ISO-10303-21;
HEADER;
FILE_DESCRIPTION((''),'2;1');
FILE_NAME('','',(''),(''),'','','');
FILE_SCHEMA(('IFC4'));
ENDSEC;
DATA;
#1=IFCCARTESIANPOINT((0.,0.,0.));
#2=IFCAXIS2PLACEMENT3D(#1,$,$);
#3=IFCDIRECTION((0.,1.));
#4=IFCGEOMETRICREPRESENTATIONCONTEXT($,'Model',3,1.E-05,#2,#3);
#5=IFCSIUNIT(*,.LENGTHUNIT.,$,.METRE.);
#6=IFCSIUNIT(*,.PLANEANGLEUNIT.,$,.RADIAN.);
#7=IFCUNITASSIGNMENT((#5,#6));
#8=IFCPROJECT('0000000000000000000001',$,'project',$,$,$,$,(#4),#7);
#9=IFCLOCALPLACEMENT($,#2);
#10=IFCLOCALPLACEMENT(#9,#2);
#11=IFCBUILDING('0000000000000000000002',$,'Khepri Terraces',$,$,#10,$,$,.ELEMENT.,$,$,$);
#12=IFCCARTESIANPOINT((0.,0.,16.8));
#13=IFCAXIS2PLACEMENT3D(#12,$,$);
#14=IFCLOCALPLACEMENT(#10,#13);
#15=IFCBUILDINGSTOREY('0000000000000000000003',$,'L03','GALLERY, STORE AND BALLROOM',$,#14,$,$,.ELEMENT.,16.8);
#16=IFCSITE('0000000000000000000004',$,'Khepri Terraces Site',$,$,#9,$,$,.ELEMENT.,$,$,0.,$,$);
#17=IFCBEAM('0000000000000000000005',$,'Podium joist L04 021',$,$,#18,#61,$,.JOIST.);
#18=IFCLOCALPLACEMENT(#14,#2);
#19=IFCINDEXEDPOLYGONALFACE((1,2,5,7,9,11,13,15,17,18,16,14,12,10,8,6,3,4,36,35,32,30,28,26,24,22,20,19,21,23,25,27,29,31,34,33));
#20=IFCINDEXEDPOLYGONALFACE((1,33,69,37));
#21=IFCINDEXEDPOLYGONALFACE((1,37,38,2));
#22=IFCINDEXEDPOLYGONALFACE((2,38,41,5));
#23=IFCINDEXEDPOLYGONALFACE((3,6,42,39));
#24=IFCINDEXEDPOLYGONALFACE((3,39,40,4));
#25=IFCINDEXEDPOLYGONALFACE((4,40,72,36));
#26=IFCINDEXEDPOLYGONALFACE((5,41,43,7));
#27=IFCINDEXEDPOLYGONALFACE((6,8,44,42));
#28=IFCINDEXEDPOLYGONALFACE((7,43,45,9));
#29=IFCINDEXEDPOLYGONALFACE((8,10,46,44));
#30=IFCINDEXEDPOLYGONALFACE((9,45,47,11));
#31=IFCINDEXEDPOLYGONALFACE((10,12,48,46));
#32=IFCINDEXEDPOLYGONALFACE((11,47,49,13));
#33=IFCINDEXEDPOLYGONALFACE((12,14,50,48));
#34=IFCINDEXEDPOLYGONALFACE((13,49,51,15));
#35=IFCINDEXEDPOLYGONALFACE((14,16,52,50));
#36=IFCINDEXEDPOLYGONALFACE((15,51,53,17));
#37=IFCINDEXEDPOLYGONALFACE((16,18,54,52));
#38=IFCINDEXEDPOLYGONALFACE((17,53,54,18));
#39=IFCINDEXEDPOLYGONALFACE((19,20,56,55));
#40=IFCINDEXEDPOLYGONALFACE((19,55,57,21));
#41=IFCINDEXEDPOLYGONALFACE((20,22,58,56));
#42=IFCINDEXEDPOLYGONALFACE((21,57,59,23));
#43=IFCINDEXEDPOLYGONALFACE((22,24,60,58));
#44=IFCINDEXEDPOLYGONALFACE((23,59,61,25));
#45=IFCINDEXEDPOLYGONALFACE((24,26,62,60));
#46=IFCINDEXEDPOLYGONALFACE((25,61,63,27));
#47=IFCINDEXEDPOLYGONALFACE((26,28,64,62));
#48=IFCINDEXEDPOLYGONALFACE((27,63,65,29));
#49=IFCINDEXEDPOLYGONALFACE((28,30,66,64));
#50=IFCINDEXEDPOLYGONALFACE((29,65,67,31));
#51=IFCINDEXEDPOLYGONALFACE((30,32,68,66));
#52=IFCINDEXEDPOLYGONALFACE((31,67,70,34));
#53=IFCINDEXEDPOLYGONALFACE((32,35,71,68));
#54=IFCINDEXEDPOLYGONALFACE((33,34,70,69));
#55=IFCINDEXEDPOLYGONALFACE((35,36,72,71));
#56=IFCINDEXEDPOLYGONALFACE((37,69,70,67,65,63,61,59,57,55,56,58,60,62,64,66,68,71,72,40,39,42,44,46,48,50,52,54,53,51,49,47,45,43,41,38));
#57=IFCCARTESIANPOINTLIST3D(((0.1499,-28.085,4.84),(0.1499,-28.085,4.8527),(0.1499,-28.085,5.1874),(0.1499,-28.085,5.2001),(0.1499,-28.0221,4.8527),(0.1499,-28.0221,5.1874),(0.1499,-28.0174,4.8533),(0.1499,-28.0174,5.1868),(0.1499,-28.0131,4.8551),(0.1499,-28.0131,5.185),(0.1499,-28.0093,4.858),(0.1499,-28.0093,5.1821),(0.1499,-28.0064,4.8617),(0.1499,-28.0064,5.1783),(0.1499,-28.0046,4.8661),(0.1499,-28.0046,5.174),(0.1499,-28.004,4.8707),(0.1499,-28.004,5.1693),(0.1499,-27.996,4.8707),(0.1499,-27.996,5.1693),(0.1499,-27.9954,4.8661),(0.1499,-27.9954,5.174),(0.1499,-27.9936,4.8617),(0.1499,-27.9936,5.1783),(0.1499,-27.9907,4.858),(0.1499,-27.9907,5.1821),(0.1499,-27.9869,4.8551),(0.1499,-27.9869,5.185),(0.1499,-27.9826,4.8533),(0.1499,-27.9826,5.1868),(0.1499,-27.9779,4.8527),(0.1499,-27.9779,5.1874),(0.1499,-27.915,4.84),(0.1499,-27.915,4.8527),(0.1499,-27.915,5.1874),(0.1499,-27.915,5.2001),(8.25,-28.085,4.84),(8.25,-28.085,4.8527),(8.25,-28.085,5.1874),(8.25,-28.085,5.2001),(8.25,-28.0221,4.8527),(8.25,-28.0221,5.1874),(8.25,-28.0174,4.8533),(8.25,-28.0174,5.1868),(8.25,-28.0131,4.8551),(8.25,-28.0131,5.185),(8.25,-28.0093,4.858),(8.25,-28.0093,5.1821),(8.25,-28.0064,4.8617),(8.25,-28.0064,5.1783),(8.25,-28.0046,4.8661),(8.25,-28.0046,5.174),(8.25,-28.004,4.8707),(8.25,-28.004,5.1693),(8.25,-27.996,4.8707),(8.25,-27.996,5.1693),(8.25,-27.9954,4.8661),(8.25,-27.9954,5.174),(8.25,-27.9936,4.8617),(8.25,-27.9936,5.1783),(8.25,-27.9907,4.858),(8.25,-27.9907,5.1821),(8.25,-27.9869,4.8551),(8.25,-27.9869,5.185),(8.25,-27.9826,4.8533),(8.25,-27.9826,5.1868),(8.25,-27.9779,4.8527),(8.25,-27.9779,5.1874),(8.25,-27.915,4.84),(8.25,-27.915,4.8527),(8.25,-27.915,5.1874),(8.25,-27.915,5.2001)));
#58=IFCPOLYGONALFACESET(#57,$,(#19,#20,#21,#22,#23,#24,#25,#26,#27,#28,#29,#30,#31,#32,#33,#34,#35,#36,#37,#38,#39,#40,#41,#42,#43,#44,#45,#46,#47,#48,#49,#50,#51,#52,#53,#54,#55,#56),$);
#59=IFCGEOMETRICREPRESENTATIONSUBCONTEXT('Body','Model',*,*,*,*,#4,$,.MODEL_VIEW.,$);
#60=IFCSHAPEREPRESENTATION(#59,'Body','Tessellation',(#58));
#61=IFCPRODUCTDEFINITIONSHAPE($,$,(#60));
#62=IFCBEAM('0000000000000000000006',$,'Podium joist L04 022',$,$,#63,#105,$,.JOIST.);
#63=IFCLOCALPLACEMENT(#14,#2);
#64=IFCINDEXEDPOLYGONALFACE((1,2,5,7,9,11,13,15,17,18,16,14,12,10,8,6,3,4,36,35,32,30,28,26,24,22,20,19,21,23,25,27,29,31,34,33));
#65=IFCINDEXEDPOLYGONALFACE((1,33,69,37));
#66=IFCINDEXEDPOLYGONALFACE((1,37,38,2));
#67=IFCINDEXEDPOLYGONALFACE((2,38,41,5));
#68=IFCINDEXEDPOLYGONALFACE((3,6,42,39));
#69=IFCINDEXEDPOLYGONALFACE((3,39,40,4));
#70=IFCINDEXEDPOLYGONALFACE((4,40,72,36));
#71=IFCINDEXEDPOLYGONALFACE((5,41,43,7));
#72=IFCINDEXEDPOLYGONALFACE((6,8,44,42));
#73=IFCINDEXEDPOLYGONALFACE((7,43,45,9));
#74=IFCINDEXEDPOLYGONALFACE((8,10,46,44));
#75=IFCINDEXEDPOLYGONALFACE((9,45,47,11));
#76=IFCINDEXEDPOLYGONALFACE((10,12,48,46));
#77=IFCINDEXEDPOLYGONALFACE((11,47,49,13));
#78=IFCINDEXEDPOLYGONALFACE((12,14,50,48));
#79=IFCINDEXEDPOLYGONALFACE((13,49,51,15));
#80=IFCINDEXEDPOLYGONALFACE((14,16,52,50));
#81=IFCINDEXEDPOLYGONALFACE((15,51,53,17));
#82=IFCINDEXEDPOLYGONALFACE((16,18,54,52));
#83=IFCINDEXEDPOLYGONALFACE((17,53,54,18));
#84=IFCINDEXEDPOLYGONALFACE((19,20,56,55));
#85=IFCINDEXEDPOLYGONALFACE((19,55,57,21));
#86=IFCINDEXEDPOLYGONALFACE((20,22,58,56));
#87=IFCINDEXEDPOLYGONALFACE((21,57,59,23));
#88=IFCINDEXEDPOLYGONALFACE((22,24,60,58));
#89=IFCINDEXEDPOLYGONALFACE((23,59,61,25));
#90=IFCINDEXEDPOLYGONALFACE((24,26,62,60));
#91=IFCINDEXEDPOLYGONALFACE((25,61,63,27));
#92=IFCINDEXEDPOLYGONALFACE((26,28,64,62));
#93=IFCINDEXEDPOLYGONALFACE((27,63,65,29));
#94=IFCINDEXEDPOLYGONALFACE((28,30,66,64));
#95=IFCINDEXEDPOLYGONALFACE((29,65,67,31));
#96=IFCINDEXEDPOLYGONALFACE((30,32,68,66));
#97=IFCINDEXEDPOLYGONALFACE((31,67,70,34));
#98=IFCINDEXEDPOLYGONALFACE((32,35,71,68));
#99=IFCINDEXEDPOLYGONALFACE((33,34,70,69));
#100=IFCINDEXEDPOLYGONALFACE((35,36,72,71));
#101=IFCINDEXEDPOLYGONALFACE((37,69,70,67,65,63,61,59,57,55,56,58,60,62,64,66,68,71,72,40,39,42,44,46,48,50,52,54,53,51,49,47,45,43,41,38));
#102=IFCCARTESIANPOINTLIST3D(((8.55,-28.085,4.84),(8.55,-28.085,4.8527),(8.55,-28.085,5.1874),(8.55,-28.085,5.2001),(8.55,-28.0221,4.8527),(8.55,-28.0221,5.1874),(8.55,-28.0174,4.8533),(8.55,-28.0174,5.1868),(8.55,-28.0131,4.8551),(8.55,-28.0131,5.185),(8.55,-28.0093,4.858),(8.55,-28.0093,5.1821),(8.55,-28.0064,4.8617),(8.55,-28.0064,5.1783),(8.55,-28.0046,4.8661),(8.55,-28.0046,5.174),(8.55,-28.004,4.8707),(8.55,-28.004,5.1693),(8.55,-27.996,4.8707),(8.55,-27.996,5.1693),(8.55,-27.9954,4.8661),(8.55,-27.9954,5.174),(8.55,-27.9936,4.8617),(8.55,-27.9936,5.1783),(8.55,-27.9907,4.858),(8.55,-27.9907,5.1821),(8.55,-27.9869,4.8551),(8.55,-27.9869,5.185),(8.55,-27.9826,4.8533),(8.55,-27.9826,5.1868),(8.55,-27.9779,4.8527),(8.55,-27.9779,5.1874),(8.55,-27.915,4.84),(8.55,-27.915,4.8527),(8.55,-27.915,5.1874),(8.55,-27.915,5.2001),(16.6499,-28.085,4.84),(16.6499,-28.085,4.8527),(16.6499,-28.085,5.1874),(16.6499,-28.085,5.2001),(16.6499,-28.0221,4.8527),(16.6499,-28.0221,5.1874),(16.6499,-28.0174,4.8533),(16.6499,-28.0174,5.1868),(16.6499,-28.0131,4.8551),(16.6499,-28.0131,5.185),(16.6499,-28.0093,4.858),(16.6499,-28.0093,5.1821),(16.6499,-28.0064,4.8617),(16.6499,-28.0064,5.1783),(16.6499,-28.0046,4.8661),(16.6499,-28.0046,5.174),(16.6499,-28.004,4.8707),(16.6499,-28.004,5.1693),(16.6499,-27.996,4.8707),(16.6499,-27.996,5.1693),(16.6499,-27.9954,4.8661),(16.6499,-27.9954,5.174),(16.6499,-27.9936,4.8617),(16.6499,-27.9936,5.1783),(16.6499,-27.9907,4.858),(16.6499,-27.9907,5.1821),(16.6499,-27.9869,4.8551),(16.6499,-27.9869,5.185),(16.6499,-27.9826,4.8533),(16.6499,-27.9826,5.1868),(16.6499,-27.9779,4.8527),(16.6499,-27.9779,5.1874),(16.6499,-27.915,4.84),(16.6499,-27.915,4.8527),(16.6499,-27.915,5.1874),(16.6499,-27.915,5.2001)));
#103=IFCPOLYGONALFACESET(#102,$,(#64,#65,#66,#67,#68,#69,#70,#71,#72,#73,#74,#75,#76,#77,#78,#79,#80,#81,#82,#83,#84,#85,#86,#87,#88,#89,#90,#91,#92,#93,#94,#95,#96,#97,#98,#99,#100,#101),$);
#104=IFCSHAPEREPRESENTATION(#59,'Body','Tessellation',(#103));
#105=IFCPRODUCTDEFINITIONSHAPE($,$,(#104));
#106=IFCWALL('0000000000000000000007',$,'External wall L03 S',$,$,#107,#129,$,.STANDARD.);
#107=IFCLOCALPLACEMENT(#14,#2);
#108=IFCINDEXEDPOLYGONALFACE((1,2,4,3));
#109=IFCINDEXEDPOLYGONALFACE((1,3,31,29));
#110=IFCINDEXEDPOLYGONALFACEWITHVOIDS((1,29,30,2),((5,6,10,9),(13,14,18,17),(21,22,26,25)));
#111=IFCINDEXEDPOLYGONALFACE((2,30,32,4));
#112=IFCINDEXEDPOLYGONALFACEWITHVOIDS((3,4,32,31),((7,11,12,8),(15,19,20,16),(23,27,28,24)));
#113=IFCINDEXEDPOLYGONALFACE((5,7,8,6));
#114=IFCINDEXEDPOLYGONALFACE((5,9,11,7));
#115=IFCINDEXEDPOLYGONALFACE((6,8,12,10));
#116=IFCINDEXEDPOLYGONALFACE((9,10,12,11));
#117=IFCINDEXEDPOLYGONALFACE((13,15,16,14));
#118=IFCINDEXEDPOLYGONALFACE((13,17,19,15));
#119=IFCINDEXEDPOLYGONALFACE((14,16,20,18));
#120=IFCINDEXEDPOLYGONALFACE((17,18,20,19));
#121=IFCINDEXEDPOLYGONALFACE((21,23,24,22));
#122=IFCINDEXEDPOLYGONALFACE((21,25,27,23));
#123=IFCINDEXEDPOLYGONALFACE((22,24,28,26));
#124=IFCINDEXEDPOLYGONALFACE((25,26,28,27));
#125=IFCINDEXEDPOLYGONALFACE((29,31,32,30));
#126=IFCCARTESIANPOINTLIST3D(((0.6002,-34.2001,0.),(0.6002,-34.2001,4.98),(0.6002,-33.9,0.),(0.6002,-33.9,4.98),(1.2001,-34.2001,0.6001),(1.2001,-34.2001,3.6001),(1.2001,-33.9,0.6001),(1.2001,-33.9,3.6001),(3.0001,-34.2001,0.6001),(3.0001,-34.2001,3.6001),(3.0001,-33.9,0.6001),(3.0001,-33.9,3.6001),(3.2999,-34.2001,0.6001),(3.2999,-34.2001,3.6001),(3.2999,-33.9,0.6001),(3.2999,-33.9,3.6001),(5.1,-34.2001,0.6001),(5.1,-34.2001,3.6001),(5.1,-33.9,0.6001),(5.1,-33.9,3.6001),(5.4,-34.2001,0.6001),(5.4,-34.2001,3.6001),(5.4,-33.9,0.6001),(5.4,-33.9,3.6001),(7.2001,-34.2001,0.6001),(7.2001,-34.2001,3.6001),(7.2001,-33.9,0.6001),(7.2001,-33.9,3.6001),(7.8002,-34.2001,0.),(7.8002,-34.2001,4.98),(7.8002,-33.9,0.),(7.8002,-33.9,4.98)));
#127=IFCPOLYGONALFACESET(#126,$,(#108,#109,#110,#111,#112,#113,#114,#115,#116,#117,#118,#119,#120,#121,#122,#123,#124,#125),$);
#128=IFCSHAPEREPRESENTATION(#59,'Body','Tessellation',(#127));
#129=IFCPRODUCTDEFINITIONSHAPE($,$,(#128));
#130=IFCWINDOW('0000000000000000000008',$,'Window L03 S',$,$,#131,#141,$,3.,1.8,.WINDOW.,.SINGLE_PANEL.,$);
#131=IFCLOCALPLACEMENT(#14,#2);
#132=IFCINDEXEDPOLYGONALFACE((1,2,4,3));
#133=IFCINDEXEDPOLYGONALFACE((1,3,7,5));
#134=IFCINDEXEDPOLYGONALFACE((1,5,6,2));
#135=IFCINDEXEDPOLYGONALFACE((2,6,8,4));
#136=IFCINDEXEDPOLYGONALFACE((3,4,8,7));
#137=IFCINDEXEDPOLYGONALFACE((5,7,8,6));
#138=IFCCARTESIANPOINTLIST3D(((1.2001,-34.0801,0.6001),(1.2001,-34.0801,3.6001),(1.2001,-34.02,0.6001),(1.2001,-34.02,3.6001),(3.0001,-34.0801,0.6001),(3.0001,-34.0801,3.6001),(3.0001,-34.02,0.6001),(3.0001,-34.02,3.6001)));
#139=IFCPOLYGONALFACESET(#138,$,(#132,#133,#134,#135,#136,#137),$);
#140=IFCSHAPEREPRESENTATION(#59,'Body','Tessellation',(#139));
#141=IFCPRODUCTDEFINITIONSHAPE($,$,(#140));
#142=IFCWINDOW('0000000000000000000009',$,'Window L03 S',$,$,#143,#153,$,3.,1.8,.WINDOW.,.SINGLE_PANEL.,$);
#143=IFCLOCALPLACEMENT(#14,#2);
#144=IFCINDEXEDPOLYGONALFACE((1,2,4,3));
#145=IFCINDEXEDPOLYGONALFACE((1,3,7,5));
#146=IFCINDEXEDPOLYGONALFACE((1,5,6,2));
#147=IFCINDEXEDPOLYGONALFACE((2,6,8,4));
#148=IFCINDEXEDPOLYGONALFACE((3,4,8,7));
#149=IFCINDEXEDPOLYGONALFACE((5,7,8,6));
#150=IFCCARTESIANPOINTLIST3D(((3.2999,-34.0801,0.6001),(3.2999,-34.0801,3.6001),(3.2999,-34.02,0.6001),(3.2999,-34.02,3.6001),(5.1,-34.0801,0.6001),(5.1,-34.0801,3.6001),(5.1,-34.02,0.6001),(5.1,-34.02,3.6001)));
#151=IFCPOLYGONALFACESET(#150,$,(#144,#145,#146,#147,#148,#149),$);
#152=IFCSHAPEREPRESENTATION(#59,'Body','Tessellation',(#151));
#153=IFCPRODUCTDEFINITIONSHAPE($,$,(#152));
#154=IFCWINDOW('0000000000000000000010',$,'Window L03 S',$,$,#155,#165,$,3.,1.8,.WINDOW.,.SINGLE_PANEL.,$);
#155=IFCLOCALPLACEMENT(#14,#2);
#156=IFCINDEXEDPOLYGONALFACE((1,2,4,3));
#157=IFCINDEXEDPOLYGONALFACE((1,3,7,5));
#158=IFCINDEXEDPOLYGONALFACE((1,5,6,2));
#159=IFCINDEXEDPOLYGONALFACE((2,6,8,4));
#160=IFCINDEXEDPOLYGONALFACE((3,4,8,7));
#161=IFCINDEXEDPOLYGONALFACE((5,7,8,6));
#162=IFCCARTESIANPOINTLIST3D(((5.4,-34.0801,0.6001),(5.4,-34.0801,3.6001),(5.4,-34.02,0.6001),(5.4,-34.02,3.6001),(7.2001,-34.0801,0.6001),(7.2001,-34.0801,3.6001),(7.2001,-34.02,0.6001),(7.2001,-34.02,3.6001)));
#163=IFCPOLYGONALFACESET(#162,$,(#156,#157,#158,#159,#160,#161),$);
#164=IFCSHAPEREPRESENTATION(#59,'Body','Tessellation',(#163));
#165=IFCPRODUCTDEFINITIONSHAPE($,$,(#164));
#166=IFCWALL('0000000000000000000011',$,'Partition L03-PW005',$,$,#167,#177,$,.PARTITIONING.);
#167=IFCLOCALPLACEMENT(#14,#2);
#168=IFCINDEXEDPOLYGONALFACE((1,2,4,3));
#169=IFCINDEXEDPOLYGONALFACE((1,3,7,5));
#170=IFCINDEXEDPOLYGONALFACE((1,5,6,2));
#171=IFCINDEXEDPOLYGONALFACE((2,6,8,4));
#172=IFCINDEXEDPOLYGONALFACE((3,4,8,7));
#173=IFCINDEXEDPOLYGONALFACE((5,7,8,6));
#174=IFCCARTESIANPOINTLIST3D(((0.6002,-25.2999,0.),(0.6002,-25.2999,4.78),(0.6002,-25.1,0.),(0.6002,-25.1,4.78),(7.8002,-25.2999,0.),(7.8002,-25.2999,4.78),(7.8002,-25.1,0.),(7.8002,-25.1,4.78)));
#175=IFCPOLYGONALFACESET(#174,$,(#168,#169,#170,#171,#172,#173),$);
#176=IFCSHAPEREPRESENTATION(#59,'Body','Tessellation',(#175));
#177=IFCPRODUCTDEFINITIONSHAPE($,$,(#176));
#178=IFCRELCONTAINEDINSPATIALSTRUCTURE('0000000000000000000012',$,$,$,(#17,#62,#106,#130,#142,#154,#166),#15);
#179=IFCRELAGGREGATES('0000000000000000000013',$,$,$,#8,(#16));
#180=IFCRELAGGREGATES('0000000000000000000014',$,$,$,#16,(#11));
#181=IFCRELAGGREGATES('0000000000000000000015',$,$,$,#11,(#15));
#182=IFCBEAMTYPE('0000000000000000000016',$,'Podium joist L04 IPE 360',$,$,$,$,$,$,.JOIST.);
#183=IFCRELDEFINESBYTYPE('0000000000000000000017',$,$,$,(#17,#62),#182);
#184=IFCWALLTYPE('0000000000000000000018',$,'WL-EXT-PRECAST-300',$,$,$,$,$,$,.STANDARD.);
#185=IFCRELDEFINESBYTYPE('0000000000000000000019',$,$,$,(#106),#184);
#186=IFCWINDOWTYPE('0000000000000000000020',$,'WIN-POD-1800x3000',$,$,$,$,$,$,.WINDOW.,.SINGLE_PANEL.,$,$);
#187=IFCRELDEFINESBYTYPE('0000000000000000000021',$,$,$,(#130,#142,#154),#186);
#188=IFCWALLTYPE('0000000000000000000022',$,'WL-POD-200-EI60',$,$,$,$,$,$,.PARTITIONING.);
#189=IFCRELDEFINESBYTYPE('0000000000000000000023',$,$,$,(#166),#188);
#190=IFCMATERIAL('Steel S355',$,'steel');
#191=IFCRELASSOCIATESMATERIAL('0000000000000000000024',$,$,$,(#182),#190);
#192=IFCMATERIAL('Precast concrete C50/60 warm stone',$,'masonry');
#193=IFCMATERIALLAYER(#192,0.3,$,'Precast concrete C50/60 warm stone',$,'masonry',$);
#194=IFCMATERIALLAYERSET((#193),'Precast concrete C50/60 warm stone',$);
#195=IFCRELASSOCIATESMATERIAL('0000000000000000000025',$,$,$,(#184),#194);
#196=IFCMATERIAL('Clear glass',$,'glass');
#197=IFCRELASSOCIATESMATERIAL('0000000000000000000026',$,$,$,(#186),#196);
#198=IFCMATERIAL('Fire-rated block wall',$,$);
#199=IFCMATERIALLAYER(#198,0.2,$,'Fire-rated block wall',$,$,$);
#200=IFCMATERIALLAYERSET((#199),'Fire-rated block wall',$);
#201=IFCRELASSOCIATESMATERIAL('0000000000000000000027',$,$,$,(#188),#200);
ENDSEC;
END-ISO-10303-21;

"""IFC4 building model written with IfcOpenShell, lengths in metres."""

from ifc_helpers import new_model, si_unit, direction, frame, frame_2d, origin, origin_2d, place, context, subcontext, project, spatial, rectangle, i_section, extrude, material, layer, layer_set, material_profile, profile_set, type_object, element, fill, save


model = new_model("IFC4")

# Units and contexts
model_context = context("Model", 3, precision=1e-05, world=origin(), true_north=direction((0.0, 1.0)))
body_context = subcontext(model_context, "Body", "Model", "MODEL_VIEW")
ifc_project = project(units=[si_unit("LENGTHUNIT", "METRE"), si_unit("PLANEANGLEUNIT", "RADIAN")], contexts=[model_context])

# Site, building, storey
site_placement = place(None, origin())
site = spatial("IfcSite", under=ifc_project, at=site_placement, Name="Khepri Terraces Site", CompositionType="ELEMENT", RefElevation=0.0)
building_placement = place(site_placement, origin())
building = spatial("IfcBuilding", under=site, at=building_placement, Name="Khepri Terraces", CompositionType="ELEMENT")
storey_placement = place(building_placement, frame((0.0, 0.0, 16.8)))
storey = spatial("IfcBuildingStorey", under=building, at=storey_placement, Name="L03", Description="GALLERY, STORE AND BALLROOM", CompositionType="ELEMENT", Elevation=16.8)

# Beams
ifc_material_1 = material(Name="Steel S355", Category="steel")
ifc_material_profile_1 = material_profile(ifc_material_1, i_section(OverallWidth=0.1699, OverallDepth=0.3601, WebThickness=0.0081, FlangeThickness=0.0127, FilletRadius=0.0181, at=origin_2d()), Name="Steel S355", Category="steel")
ifc_profile_set_1 = profile_set([ifc_material_profile_1], Name="Steel S355")
beam_type_1 = type_object("IfcBeamType", Name="Podium joist L04 IPE 360", PredefinedType="JOIST", material=ifc_profile_set_1)
beam_1_placement = place(storey_placement, frame((0.1499, -28.0, 5.02), z_axis=(1.0, 0.0, 0.0), x_axis=(0.0, 1.0, 0.0)))
element("IfcBeam", 1, at=beam_1_placement, inside=storey, type_object=beam_type_1, Name="Podium joist L04 021", PredefinedType="JOIST", context=body_context, shape_type="SweptSolid", body=[
    extrude(i_section(OverallWidth=0.1699, OverallDepth=0.3601, WebThickness=0.0081, FlangeThickness=0.0127, FilletRadius=0.0181, at=origin_2d()), origin(), (0.0, 0.0, 1.0), 8.1001),
])
beam_2_placement = place(storey_placement, frame((8.55, -28.0, 5.02), z_axis=(1.0, 0.0, 0.0), x_axis=(0.0, 1.0, 0.0)))
element("IfcBeam", 2, at=beam_2_placement, inside=storey, type_object=beam_type_1, Name="Podium joist L04 022", PredefinedType="JOIST", context=body_context, shape_type="SweptSolid", body=[
    extrude(i_section(OverallWidth=0.1699, OverallDepth=0.3601, WebThickness=0.0081, FlangeThickness=0.0127, FilletRadius=0.0181, at=origin_2d()), origin(), (0.0, 0.0, 1.0), 8.0999),
])

# Wall, openings, windows
ifc_material_2 = material(Name="Precast concrete C50/60 warm stone", Category="masonry")
ifc_layer_1 = layer(ifc_material_2, 0.3, Name="Precast concrete C50/60 warm stone", Category="masonry")
ifc_layer_set_1 = layer_set([ifc_layer_1], Name="Precast concrete C50/60 warm stone")
wall_type_1 = type_object("IfcWallType", Name="WL-EXT-PRECAST-300", PredefinedType="STANDARD", material=ifc_layer_set_1)
wall_placement = place(storey_placement, frame((0.6001, -34.05, 0.0), z_axis=(0.0, 0.0, 1.0), x_axis=(1.0, 0.0, 0.0)))
wall = element("IfcWall", 3, at=wall_placement, inside=storey, type_object=wall_type_1, Name="External wall L03 S", PredefinedType="STANDARD", context=body_context, shape_type="SweptSolid", body=[
    extrude(rectangle(XDim=7.2, YDim=0.3, at=frame_2d((3.6001, 0.0))), origin(), (0.0, 0.0, 1.0), 4.98),
])
opening_1_placement = place(wall_placement, frame((0.6001, 0.0, 0.6001)))
opening_1 = element("IfcOpeningElement", 4, at=opening_1_placement, cuts=wall, PredefinedType="OPENING", context=body_context, shape_type="SweptSolid", body=[
    extrude(rectangle(XDim=1.8, YDim=3.0, at=frame_2d((0.8999, 1.5))), frame((0.0, 0.1602, 0.0), z_axis=(0.0, -1.0, 0.0), x_axis=(1.0, 0.0, 0.0)), (0.0, 0.0, 1.0), 0.3201),
])
opening_2_placement = place(wall_placement, frame((2.7, 0.0, 0.6001)))
opening_2 = element("IfcOpeningElement", 5, at=opening_2_placement, cuts=wall, PredefinedType="OPENING", context=body_context, shape_type="SweptSolid", body=[
    extrude(rectangle(XDim=1.8, YDim=3.0, at=frame_2d((0.8999, 1.5))), frame((0.0, 0.1602, 0.0), z_axis=(0.0, -1.0, 0.0), x_axis=(1.0, 0.0, 0.0)), (0.0, 0.0, 1.0), 0.3201),
])
opening_3_placement = place(wall_placement, frame((4.8, 0.0, 0.6001)))
opening_3 = element("IfcOpeningElement", 6, at=opening_3_placement, cuts=wall, PredefinedType="OPENING", context=body_context, shape_type="SweptSolid", body=[
    extrude(rectangle(XDim=1.8, YDim=3.0, at=frame_2d((0.8999, 1.5))), frame((0.0, 0.1602, 0.0), z_axis=(0.0, -1.0, 0.0), x_axis=(1.0, 0.0, 0.0)), (0.0, 0.0, 1.0), 0.3201),
])
ifc_material_3 = material(Name="Clear glass", Category="glass")
window_type = type_object("IfcWindowType", Name="WIN-POD-1800x3000", PartitioningType="SINGLE_PANEL", PredefinedType="WINDOW", material=ifc_material_3)
window_1_placement = place(opening_1_placement, origin())
window_1 = element("IfcWindow", 7, at=window_1_placement, inside=storey, type_object=window_type, Name="Window L03 S", OverallHeight=3.0, OverallWidth=1.8, PartitioningType="SINGLE_PANEL", PredefinedType="WINDOW", context=body_context, shape_type="SweptSolid", body=[
    extrude(rectangle(XDim=1.8, YDim=3.0, at=frame_2d((0.8999, 1.5))), frame((0.0, 0.03, 0.0), z_axis=(0.0, -1.0, 0.0), x_axis=(1.0, 0.0, 0.0)), (0.0, 0.0, 1.0), 0.0601),
])
fill(opening_1, window_1)
window_2_placement = place(opening_2_placement, origin())
window_2 = element("IfcWindow", 8, at=window_2_placement, inside=storey, type_object=window_type, Name="Window L03 S", OverallHeight=3.0, OverallWidth=1.8, PartitioningType="SINGLE_PANEL", PredefinedType="WINDOW", context=body_context, shape_type="SweptSolid", body=[
    extrude(rectangle(XDim=1.8, YDim=3.0, at=frame_2d((0.8999, 1.5))), frame((0.0, 0.03, 0.0), z_axis=(0.0, -1.0, 0.0), x_axis=(1.0, 0.0, 0.0)), (0.0, 0.0, 1.0), 0.0601),
])
fill(opening_2, window_2)
window_3_placement = place(opening_3_placement, origin())
window_3 = element("IfcWindow", 9, at=window_3_placement, inside=storey, type_object=window_type, Name="Window L03 S", OverallHeight=3.0, OverallWidth=1.8, PartitioningType="SINGLE_PANEL", PredefinedType="WINDOW", context=body_context, shape_type="SweptSolid", body=[
    extrude(rectangle(XDim=1.8, YDim=3.0, at=frame_2d((0.8999, 1.5))), frame((0.0, 0.03, 0.0), z_axis=(0.0, -1.0, 0.0), x_axis=(1.0, 0.0, 0.0)), (0.0, 0.0, 1.0), 0.0601),
])
fill(opening_3, window_3)

# Wall
ifc_material_4 = material(Name="Fire-rated block wall")
ifc_layer_2 = layer(ifc_material_4, 0.2, Name="Fire-rated block wall")
ifc_layer_set_2 = layer_set([ifc_layer_2], Name="Fire-rated block wall")
wall_type_2 = type_object("IfcWallType", Name="WL-POD-200-EI60", PredefinedType="PARTITIONING", material=ifc_layer_set_2)
for number, where, z_axis, x_axis, name in (
    (10, (0.6001, -25.2, 0.0), (0.0, 0.0, 1.0), (1.0, 0.0, 0.0), "Partition L03-PW005"),
):
    element("IfcWall", number, at=place(storey_placement, frame(where, z_axis=z_axis, x_axis=x_axis)), inside=storey, type_object=wall_type_2, Name=name, PredefinedType="PARTITIONING", context=body_context, shape_type="SweptSolid", body=[
        extrude(rectangle(XDim=7.2, YDim=0.2, at=frame_2d((3.6001, 0.0))), origin(), (0.0, 0.0, 1.0), 4.78),
    ])

save(model, "model.ifc")
